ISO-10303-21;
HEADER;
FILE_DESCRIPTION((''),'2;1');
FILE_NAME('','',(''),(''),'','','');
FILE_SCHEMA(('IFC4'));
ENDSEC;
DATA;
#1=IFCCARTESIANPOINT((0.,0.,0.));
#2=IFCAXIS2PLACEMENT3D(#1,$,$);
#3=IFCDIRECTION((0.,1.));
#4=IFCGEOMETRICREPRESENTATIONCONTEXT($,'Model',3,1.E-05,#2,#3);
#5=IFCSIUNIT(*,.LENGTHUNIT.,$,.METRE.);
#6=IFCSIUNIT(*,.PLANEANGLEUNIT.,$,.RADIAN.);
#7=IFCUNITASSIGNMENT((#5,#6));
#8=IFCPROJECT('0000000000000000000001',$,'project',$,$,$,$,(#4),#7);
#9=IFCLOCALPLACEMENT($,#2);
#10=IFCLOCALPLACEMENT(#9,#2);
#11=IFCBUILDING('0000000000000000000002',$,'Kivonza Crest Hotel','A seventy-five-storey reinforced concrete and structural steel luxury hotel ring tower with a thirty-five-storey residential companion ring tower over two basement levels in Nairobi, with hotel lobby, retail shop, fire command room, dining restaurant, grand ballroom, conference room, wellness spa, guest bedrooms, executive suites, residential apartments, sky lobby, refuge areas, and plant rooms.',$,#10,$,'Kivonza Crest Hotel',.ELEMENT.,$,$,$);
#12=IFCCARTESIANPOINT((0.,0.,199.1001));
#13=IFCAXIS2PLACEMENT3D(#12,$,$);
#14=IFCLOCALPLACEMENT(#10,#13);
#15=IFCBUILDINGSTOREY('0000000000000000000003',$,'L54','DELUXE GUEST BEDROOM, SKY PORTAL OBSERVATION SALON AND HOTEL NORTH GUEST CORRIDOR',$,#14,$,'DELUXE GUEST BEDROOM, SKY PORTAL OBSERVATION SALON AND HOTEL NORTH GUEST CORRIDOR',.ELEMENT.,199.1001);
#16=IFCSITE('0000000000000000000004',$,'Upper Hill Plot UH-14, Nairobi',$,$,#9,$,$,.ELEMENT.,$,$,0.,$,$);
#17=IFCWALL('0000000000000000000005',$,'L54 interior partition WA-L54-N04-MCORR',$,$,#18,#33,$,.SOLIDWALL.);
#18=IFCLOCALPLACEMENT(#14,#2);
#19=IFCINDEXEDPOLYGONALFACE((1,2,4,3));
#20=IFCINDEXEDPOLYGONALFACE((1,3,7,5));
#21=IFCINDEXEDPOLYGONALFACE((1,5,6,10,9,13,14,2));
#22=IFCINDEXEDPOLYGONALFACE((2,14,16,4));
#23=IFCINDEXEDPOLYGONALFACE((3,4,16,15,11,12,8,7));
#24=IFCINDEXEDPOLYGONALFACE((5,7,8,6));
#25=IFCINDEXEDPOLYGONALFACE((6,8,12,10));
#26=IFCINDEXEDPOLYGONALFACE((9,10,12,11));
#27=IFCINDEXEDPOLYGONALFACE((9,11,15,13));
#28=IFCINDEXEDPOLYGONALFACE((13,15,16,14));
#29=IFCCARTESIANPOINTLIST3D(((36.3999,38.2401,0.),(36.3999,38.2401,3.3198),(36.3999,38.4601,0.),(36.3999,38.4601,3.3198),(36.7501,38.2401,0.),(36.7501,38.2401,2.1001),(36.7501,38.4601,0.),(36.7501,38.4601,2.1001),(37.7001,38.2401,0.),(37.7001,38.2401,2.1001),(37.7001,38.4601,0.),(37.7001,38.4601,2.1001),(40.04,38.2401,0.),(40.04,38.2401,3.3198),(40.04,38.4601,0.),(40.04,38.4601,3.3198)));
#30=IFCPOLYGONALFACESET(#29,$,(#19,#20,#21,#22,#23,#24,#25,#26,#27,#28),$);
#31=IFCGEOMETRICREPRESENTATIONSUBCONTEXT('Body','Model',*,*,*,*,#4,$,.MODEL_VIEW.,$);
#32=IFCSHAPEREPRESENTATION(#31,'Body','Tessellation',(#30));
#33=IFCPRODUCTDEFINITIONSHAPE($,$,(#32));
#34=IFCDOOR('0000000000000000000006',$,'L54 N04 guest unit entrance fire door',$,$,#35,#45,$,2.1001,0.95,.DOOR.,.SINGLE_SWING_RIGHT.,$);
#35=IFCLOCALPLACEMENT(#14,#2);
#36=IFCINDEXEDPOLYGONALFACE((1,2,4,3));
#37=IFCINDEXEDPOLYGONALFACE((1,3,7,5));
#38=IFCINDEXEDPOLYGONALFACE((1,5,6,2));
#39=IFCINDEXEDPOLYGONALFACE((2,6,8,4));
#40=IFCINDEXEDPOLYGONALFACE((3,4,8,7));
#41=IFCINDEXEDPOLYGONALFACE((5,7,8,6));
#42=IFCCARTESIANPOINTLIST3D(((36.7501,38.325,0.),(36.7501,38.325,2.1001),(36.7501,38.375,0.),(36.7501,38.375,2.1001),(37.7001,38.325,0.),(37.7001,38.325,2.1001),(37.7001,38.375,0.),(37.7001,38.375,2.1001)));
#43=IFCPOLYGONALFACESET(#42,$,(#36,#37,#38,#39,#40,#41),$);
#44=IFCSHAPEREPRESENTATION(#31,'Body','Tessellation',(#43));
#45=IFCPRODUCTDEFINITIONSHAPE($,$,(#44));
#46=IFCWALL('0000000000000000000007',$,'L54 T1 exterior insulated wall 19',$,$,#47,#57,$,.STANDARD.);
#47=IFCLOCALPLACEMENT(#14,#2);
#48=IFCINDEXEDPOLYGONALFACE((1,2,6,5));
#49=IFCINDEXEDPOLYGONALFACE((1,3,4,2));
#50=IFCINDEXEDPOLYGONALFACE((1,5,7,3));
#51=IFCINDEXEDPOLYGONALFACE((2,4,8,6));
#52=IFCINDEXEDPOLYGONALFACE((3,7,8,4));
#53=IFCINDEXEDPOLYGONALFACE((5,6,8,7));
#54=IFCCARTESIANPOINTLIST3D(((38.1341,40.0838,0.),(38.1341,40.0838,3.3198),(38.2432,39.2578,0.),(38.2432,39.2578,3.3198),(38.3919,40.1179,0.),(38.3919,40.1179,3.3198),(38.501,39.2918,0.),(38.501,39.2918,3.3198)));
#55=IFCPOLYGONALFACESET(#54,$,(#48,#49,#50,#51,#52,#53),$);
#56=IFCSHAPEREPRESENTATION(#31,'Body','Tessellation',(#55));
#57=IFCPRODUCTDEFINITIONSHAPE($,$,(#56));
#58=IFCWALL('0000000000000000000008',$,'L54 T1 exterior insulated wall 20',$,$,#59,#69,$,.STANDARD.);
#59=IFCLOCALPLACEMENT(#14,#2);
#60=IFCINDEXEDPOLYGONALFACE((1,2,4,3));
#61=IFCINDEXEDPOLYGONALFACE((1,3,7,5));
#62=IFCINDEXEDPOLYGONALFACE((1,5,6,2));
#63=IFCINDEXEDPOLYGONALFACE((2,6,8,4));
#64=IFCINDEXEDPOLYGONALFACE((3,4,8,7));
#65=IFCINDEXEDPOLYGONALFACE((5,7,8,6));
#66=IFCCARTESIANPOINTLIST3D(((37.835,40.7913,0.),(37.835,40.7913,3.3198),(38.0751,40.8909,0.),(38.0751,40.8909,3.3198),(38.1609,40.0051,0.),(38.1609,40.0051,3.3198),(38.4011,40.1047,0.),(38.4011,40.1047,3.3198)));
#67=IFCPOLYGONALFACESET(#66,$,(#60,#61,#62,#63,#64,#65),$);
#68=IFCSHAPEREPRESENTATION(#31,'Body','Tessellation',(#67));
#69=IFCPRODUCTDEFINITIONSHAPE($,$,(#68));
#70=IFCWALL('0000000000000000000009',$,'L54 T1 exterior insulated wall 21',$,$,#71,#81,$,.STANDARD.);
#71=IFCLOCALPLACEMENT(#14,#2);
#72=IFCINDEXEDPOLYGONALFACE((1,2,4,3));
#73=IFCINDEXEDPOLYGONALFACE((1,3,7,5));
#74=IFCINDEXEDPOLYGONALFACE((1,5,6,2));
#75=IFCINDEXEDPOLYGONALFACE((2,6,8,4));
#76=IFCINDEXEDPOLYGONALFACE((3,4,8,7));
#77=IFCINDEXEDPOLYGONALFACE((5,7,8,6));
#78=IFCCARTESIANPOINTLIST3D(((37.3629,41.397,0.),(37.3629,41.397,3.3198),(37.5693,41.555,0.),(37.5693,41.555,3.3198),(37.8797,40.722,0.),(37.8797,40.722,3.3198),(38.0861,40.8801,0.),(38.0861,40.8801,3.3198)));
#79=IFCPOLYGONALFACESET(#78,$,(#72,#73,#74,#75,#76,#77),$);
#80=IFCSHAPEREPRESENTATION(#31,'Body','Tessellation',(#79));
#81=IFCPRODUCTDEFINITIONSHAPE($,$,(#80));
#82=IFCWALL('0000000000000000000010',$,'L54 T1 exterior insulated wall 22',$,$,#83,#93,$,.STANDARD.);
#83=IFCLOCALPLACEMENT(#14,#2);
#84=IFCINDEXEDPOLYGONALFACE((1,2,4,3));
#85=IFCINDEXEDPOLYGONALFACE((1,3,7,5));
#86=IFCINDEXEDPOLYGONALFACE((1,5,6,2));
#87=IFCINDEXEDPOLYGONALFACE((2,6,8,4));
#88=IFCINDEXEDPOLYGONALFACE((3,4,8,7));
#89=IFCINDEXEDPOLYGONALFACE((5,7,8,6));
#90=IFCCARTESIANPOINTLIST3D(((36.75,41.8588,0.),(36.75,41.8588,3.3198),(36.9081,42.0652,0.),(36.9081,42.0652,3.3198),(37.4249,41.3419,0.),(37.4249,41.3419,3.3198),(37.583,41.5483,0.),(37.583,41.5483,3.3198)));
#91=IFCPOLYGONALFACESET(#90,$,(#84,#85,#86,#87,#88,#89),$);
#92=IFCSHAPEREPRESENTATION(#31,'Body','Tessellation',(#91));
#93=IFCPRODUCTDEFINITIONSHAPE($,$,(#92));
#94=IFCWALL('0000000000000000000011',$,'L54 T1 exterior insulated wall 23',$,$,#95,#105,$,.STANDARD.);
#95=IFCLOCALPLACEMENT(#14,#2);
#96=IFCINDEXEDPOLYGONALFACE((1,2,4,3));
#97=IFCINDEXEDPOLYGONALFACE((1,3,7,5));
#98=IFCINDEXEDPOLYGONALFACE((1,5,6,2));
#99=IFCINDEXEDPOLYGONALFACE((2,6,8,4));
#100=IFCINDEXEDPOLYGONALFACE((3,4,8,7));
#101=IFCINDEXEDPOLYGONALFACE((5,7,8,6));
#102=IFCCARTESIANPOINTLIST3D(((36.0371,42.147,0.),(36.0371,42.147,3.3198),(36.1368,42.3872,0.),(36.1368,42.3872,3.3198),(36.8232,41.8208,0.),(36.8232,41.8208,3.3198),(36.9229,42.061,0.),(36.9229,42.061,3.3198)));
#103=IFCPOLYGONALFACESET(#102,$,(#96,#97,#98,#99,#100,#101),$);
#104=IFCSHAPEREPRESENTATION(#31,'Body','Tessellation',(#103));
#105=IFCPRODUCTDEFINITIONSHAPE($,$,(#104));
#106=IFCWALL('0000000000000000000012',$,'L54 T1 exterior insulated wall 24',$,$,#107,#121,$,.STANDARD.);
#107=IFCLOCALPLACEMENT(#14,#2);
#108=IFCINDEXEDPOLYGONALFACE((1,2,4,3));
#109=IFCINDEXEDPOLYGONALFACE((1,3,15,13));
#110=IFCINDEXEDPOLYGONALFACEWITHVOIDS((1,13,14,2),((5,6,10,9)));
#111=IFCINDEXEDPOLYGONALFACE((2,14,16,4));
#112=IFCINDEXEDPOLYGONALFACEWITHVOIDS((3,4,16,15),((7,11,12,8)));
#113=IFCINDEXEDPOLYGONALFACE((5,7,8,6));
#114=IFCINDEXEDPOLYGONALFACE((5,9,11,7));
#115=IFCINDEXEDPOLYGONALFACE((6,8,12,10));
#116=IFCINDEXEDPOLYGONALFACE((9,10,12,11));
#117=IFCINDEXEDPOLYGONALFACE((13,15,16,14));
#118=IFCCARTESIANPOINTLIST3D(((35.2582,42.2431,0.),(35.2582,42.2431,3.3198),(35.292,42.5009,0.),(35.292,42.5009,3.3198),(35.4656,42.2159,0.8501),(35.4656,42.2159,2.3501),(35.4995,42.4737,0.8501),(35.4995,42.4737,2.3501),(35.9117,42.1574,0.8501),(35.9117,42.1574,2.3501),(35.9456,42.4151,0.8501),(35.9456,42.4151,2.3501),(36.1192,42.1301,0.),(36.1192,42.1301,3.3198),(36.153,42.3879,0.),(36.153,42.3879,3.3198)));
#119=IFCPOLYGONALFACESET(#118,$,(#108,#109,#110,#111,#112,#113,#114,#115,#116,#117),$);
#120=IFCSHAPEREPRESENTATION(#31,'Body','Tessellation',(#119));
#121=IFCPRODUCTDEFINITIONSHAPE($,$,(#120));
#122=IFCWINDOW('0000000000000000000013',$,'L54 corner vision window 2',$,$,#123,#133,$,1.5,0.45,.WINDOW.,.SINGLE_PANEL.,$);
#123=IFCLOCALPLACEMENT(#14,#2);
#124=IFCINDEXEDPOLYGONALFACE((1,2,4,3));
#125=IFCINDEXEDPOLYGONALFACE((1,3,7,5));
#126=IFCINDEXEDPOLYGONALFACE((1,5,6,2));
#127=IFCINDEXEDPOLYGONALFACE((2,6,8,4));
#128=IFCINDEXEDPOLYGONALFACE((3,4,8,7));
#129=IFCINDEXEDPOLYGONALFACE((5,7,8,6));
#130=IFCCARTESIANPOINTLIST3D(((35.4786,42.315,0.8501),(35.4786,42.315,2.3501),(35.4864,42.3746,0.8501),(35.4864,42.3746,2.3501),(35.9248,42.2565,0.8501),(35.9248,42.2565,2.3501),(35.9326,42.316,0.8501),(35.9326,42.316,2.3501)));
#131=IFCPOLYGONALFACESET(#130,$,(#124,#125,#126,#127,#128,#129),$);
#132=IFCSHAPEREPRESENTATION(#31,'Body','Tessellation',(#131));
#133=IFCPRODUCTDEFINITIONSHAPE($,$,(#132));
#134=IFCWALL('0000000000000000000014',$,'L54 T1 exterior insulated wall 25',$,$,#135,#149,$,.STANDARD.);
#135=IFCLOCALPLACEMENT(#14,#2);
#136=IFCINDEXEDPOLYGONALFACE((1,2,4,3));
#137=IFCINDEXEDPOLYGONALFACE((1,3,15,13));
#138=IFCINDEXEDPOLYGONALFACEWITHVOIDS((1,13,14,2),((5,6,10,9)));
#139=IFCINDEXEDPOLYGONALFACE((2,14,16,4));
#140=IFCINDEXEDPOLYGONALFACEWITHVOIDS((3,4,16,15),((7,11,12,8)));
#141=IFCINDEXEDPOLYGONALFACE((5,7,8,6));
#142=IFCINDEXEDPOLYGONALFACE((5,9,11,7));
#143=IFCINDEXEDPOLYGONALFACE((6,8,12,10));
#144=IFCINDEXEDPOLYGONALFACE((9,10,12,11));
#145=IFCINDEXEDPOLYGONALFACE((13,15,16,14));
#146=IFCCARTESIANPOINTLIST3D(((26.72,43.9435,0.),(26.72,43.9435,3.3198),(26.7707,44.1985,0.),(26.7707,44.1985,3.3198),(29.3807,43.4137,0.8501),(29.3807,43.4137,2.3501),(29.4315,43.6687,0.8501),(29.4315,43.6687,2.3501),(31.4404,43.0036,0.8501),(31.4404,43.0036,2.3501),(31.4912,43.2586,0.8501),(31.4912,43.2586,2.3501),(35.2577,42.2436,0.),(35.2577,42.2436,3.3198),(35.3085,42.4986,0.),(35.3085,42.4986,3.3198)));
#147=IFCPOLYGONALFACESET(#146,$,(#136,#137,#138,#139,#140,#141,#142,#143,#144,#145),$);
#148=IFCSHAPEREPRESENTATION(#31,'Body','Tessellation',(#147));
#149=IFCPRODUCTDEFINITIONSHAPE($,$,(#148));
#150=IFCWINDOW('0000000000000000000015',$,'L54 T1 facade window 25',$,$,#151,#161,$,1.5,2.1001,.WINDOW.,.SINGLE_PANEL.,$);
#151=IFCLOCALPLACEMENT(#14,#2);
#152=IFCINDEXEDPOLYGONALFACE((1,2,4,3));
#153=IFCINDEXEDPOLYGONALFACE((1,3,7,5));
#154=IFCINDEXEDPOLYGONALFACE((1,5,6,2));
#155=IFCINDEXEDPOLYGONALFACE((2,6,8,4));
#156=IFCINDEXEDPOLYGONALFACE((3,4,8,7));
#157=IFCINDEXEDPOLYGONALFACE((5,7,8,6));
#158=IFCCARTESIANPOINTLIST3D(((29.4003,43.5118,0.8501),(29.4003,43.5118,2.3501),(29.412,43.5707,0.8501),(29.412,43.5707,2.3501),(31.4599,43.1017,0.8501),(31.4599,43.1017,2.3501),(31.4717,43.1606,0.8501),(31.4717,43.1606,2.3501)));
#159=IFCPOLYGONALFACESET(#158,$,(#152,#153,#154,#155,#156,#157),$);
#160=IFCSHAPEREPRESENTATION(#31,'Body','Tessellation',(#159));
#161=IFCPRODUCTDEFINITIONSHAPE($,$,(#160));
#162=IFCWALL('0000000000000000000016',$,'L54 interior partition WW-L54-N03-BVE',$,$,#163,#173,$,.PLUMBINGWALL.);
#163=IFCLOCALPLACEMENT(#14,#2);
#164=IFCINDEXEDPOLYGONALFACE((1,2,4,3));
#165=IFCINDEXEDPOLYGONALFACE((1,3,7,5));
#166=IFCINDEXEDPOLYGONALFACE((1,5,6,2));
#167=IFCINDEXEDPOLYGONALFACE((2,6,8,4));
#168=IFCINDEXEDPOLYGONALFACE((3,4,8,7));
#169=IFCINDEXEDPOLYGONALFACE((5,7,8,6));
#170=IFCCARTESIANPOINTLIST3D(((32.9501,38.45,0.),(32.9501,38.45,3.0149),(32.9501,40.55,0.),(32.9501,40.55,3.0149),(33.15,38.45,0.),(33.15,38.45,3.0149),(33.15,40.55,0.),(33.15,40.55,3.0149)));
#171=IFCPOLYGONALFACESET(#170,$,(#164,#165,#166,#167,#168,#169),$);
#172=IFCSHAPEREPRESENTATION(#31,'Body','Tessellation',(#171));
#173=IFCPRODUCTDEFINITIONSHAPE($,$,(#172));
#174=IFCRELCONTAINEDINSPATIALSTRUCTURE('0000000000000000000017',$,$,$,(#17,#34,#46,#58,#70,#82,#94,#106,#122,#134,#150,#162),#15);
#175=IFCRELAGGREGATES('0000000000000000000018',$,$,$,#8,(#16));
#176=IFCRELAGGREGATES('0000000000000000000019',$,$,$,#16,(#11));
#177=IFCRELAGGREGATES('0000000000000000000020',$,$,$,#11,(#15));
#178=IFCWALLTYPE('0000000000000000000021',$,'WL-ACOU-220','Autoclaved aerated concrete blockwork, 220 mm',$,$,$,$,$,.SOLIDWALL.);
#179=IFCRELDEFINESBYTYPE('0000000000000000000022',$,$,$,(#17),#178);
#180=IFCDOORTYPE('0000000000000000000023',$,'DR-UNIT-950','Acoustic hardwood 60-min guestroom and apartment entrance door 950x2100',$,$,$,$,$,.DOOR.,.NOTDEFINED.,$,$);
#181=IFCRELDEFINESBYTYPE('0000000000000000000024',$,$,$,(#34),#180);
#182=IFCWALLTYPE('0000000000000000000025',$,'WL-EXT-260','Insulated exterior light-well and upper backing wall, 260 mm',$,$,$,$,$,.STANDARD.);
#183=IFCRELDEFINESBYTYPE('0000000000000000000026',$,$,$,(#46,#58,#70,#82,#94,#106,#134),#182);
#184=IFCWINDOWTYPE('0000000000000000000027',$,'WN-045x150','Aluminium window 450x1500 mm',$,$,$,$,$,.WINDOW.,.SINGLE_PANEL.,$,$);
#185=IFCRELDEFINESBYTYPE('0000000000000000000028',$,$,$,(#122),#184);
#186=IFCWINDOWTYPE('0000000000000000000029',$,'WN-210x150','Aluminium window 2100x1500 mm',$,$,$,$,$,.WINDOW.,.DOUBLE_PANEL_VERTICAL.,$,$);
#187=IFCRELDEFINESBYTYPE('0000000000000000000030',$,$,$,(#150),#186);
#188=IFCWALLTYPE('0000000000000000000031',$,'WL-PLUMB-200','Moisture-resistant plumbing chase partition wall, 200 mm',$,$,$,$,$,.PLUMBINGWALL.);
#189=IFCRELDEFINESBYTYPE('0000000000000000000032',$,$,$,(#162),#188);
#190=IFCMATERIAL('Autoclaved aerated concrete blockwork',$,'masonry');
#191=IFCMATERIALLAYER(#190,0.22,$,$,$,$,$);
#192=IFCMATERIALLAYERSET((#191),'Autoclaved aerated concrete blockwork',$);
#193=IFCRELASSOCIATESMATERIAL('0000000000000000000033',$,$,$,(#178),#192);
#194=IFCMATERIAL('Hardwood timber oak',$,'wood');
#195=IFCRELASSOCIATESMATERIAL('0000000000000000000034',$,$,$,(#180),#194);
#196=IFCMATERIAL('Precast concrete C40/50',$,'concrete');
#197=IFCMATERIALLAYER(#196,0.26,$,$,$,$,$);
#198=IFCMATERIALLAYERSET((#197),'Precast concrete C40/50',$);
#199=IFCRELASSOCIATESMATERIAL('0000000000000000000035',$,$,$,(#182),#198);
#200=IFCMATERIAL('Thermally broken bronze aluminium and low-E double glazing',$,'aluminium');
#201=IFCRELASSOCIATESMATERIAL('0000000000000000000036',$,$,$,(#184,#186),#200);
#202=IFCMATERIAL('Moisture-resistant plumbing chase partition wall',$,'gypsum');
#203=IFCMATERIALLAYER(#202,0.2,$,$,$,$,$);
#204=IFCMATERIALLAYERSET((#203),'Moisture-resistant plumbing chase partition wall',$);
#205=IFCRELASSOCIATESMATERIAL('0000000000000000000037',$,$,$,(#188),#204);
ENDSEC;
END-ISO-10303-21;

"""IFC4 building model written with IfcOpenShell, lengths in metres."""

from ifc_helpers import new_model, si_unit, direction, frame, frame_2d, origin, place, context, subcontext, project, spatial, rectangle, extrude, material, layer, layer_set, type_object, element, fill, save


model = new_model("IFC4")

# Units and contexts
model_context = context("Model", 3, precision=1e-05, world=origin(), true_north=direction((0.0, 1.0)))
body_context = subcontext(model_context, "Body", "Model", "MODEL_VIEW")
ifc_project = project(units=[si_unit("LENGTHUNIT", "METRE"), si_unit("PLANEANGLEUNIT", "RADIAN")], contexts=[model_context])

# Site, building, storey
site_placement = place(None, origin())
site = spatial("IfcSite", under=ifc_project, at=site_placement, Name="Upper Hill Plot UH-14, Nairobi", CompositionType="ELEMENT", RefElevation=0.0)
building_placement = place(site_placement, origin())
building = spatial("IfcBuilding", under=site, at=building_placement, Name="Kivonza Crest Hotel", Description="A seventy-five-storey reinforced concrete and structural steel luxury hotel ring tower with a thirty-five-storey residential companion ring tower over two basement levels in Nairobi, with hotel lobby, retail shop, fire command room, dining restaurant, grand ballroom, conference room, wellness spa, guest bedrooms, executive suites, residential apartments, sky lobby, refuge areas, and plant rooms.", LongName="Kivonza Crest Hotel", CompositionType="ELEMENT")
storey_placement = place(building_placement, frame((0.0, 0.0, 199.1001)))
storey = spatial("IfcBuildingStorey", under=building, at=storey_placement, Name="L54", Description="DELUXE GUEST BEDROOM, SKY PORTAL OBSERVATION SALON AND HOTEL NORTH GUEST CORRIDOR", LongName="DELUXE GUEST BEDROOM, SKY PORTAL OBSERVATION SALON AND HOTEL NORTH GUEST CORRIDOR", CompositionType="ELEMENT", Elevation=199.1001)

# Shared definitions
ifc_material_1 = material(Name="Autoclaved aerated concrete blockwork", Category="masonry")
ifc_layer_1 = layer(ifc_material_1, 0.22)
ifc_layer_set_1 = layer_set([ifc_layer_1], Name="Autoclaved aerated concrete blockwork")
wall_type_1 = type_object("IfcWallType", Name="WL-ACOU-220", Description="Autoclaved aerated concrete blockwork, 220 mm", PredefinedType="SOLIDWALL", material=ifc_layer_set_1)

# Wall, opening, door
wall_1_placement = place(storey_placement, frame((36.3999, 38.3501, 0.0), z_axis=(0.0, 0.0, 1.0), x_axis=(1.0, 0.0, 0.0)))
wall_1 = element("IfcWall", 1, at=wall_1_placement, inside=storey, type_object=wall_type_1, Name="L54 interior partition WA-L54-N04-MCORR", PredefinedType="SOLIDWALL", context=body_context, shape_type="SweptSolid", body=[
    extrude(rectangle(XDim=3.6401, YDim=0.22, at=frame_2d((1.8201, 0.0))), origin(), (0.0, 0.0, 1.0), 3.3198),
])
opening_1_placement = place(wall_1_placement, frame((0.3501, 0.0, 0.0)))
opening_1 = element("IfcOpeningElement", 2, at=opening_1_placement, cuts=wall_1, PredefinedType="OPENING", context=body_context, shape_type="SweptSolid", body=[
    extrude(rectangle(XDim=0.95, YDim=2.1001, at=frame_2d((0.4751, 1.05))), frame((0.0, 0.1201, 0.0), z_axis=(0.0, -1.0, 0.0), x_axis=(1.0, 0.0, 0.0)), (0.0, 0.0, 1.0), 0.24),
])
ifc_material_2 = material(Name="Hardwood timber oak", Category="wood")
door_type_1 = type_object("IfcDoorType", Name="DR-UNIT-950", Description="Acoustic hardwood 60-min guestroom and apartment entrance door 950x2100", OperationType="NOTDEFINED", PredefinedType="DOOR", material=ifc_material_2)
door_1_placement = place(opening_1_placement, origin())
door_1 = element("IfcDoor", 3, at=door_1_placement, inside=storey, type_object=door_type_1, Name="L54 N04 guest unit entrance fire door", OperationType="SINGLE_SWING_RIGHT", OverallHeight=2.1001, OverallWidth=0.95, PredefinedType="DOOR", context=body_context, shape_type="SweptSolid", body=[
    extrude(rectangle(XDim=0.95, YDim=2.1001, at=frame_2d((0.4751, 1.05))), frame((0.0, 0.0249, 0.0), z_axis=(0.0, -1.0, 0.0), x_axis=(1.0, 0.0, 0.0)), (0.0, 0.0, 1.0), 0.05),
])
fill(opening_1, door_1)

# Walls
ifc_material_3 = material(Name="Precast concrete C40/50", Category="concrete")
ifc_layer_2 = layer(ifc_material_3, 0.26)
ifc_layer_set_2 = layer_set([ifc_layer_2], Name="Precast concrete C40/50")
wall_type_2 = type_object("IfcWallType", Name="WL-EXT-260", Description="Insulated exterior light-well and upper backing wall, 260 mm", PredefinedType="STANDARD", material=ifc_layer_set_2)
wall_2_placement = place(storey_placement, frame((38.3721, 39.2749, 0.0), z_axis=(0.0, 0.0, 1.0), x_axis=(-0.130955, 0.991388, 0.0)))
element("IfcWall", 4, at=wall_2_placement, inside=storey, type_object=wall_type_2, Name="L54 T1 exterior insulated wall 19", PredefinedType="STANDARD", context=body_context, shape_type="SweptSolid", body=[
    extrude(rectangle(XDim=0.8333, YDim=0.26, at=frame_2d((0.4165, 0.0))), origin(), (0.0, 0.0, 1.0), 3.3198),
])
wall_3_placement = place(storey_placement, frame((38.281, 40.0549, 0.0), z_axis=(0.0, 0.0, 1.0), x_axis=(-0.382985, 0.923754, 0.0)))
element("IfcWall", 5, at=wall_3_placement, inside=storey, type_object=wall_type_2, Name="L54 T1 exterior insulated wall 20", PredefinedType="STANDARD", context=body_context, shape_type="SweptSolid", body=[
    extrude(rectangle(XDim=0.8511, YDim=0.26, at=frame_2d((0.4255, 0.0))), origin(), (0.0, 0.0, 1.0), 3.3198),
])
for number, where, z_axis, x_axis, name in (
    (6, (37.9829, 40.801, 0.0), (0.0, 0.0, 1.0), (-0.607919, 0.793999, 0.0), "L54 T1 exterior insulated wall 21"),
    (7, (37.5039, 41.4451, 0.0), (0.0, 0.0, 1.0), (-0.793893, 0.608058, 0.0), "L54 T1 exterior insulated wall 22"),
):
    element("IfcWall", number, at=place(storey_placement, frame(where, z_axis=z_axis, x_axis=x_axis)), inside=storey, type_object=wall_type_2, Name=name, PredefinedType="STANDARD", context=body_context, shape_type="SweptSolid", body=[
        extrude(rectangle(XDim=0.8501, YDim=0.26, at=frame_2d((0.425, 0.0))), origin(), (0.0, 0.0, 1.0), 3.3198),
    ])
wall_4_placement = place(storey_placement, frame((36.873, 41.9409, 0.0), z_axis=(0.0, 0.0, 1.0), x_axis=(-0.923653, 0.38323, 0.0)))
element("IfcWall", 8, at=wall_4_placement, inside=storey, type_object=wall_type_2, Name="L54 T1 exterior insulated wall 23", PredefinedType="STANDARD", context=body_context, shape_type="SweptSolid", body=[
    extrude(rectangle(XDim=0.8511, YDim=0.26, at=frame_2d((0.4255, 0.0))), origin(), (0.0, 0.0, 1.0), 3.3198),
])

# Walls, openings, windows
wall_5_placement = place(storey_placement, frame((36.136, 42.259, 0.0), z_axis=(0.0, 0.0, 1.0), x_axis=(-0.991493, 0.130156, 0.0)))
wall_5 = element("IfcWall", 9, at=wall_5_placement, inside=storey, type_object=wall_type_2, Name="L54 T1 exterior insulated wall 24", PredefinedType="STANDARD", context=body_context, shape_type="SweptSolid", body=[
    extrude(rectangle(XDim=0.8684, YDim=0.26, at=frame_2d((0.4341, 0.0))), origin(), (0.0, 0.0, 1.0), 3.3198),
])
opening_2_placement = place(wall_5_placement, frame((0.209, 0.0, 0.8501)))
opening_2 = element("IfcOpeningElement", 10, at=opening_2_placement, cuts=wall_5, PredefinedType="OPENING", context=body_context, shape_type="SweptSolid", body=[
    extrude(rectangle(XDim=0.45, YDim=1.5, at=frame_2d((0.2251, 0.75))), frame((0.0, 0.1401, 0.0), z_axis=(0.0, -1.0, 0.0), x_axis=(1.0, 0.0, 0.0)), (0.0, 0.0, 1.0), 0.28),
])
ifc_material_4 = material(Name="Thermally broken bronze aluminium and low-E double glazing", Category="aluminium")
window_type_1 = type_object("IfcWindowType", Name="WN-045x150", Description="Aluminium window 450x1500 mm", PartitioningType="SINGLE_PANEL", PredefinedType="WINDOW", material=ifc_material_4)
window_1_placement = place(opening_2_placement, origin())
window_1 = element("IfcWindow", 11, at=window_1_placement, inside=storey, type_object=window_type_1, Name="L54 corner vision window 2", OverallHeight=1.5, OverallWidth=0.45, PartitioningType="SINGLE_PANEL", PredefinedType="WINDOW", context=body_context, shape_type="SweptSolid", body=[
    extrude(rectangle(XDim=0.45, YDim=1.5, at=frame_2d((0.2251, 0.75))), frame((0.0, 0.03, 0.0), z_axis=(0.0, -1.0, 0.0), x_axis=(1.0, 0.0, 0.0)), (0.0, 0.0, 1.0), 0.0601),
])
fill(opening_2, window_1)
wall_6_placement = place(storey_placement, frame((35.283, 42.3711, 0.0), z_axis=(0.0, 0.0, 1.0), x_axis=(-0.980749, 0.195275, 0.0)))
wall_6 = element("IfcWall", 12, at=wall_6_placement, inside=storey, type_object=wall_type_2, Name="L54 T1 exterior insulated wall 25", PredefinedType="STANDARD", context=body_context, shape_type="SweptSolid", body=[
    extrude(rectangle(XDim=8.7053, YDim=0.26, at=frame_2d((4.3525, 0.0))), origin(), (0.0, 0.0, 1.0), 3.3198),
])
opening_3_placement = place(wall_6_placement, frame((3.8921, 0.0, 0.8501)))
opening_3 = element("IfcOpeningElement", 13, at=opening_3_placement, cuts=wall_6, PredefinedType="OPENING", context=body_context, shape_type="SweptSolid", body=[
    extrude(rectangle(XDim=2.1001, YDim=1.5, at=frame_2d((1.05, 0.75))), frame((0.0, 0.1401, 0.0), z_axis=(0.0, -1.0, 0.0), x_axis=(1.0, 0.0, 0.0)), (0.0, 0.0, 1.0), 0.28),
])
window_type_2 = type_object("IfcWindowType", Name="WN-210x150", Description="Aluminium window 2100x1500 mm", PartitioningType="DOUBLE_PANEL_VERTICAL", PredefinedType="WINDOW", material=ifc_material_4)
window_2_placement = place(opening_3_placement, origin())
window_2 = element("IfcWindow", 14, at=window_2_placement, inside=storey, type_object=window_type_2, Name="L54 T1 facade window 25", OverallHeight=1.5, OverallWidth=2.1001, PartitioningType="SINGLE_PANEL", PredefinedType="WINDOW", context=body_context, shape_type="SweptSolid", body=[
    extrude(rectangle(XDim=2.1001, YDim=1.5, at=frame_2d((1.05, 0.75))), frame((0.0, 0.03, 0.0), z_axis=(0.0, -1.0, 0.0), x_axis=(1.0, 0.0, 0.0)), (0.0, 0.0, 1.0), 0.0601),
])
fill(opening_3, window_2)

# Wall
ifc_material_5 = material(Name="Moisture-resistant plumbing chase partition wall", Category="gypsum")
ifc_layer_3 = layer(ifc_material_5, 0.2)
ifc_layer_set_3 = layer_set([ifc_layer_3], Name="Moisture-resistant plumbing chase partition wall")
wall_type_3 = type_object("IfcWallType", Name="WL-PLUMB-200", Description="Moisture-resistant plumbing chase partition wall, 200 mm", PredefinedType="PLUMBINGWALL", material=ifc_layer_set_3)
wall_7_placement = place(storey_placement, frame((33.05, 38.45, 0.0), z_axis=(0.0, 0.0, 1.0), x_axis=(0.0, 1.0, 0.0)))
element("IfcWall", 15, at=wall_7_placement, inside=storey, type_object=wall_type_3, Name="L54 interior partition WW-L54-N03-BVE", PredefinedType="PLUMBINGWALL", context=body_context, shape_type="SweptSolid", body=[
    extrude(rectangle(XDim=2.1001, YDim=0.2, at=frame_2d((1.05, 0.0))), origin(), (0.0, 0.0, 1.0), 3.0149),
])

save(model, "model.ifc")
